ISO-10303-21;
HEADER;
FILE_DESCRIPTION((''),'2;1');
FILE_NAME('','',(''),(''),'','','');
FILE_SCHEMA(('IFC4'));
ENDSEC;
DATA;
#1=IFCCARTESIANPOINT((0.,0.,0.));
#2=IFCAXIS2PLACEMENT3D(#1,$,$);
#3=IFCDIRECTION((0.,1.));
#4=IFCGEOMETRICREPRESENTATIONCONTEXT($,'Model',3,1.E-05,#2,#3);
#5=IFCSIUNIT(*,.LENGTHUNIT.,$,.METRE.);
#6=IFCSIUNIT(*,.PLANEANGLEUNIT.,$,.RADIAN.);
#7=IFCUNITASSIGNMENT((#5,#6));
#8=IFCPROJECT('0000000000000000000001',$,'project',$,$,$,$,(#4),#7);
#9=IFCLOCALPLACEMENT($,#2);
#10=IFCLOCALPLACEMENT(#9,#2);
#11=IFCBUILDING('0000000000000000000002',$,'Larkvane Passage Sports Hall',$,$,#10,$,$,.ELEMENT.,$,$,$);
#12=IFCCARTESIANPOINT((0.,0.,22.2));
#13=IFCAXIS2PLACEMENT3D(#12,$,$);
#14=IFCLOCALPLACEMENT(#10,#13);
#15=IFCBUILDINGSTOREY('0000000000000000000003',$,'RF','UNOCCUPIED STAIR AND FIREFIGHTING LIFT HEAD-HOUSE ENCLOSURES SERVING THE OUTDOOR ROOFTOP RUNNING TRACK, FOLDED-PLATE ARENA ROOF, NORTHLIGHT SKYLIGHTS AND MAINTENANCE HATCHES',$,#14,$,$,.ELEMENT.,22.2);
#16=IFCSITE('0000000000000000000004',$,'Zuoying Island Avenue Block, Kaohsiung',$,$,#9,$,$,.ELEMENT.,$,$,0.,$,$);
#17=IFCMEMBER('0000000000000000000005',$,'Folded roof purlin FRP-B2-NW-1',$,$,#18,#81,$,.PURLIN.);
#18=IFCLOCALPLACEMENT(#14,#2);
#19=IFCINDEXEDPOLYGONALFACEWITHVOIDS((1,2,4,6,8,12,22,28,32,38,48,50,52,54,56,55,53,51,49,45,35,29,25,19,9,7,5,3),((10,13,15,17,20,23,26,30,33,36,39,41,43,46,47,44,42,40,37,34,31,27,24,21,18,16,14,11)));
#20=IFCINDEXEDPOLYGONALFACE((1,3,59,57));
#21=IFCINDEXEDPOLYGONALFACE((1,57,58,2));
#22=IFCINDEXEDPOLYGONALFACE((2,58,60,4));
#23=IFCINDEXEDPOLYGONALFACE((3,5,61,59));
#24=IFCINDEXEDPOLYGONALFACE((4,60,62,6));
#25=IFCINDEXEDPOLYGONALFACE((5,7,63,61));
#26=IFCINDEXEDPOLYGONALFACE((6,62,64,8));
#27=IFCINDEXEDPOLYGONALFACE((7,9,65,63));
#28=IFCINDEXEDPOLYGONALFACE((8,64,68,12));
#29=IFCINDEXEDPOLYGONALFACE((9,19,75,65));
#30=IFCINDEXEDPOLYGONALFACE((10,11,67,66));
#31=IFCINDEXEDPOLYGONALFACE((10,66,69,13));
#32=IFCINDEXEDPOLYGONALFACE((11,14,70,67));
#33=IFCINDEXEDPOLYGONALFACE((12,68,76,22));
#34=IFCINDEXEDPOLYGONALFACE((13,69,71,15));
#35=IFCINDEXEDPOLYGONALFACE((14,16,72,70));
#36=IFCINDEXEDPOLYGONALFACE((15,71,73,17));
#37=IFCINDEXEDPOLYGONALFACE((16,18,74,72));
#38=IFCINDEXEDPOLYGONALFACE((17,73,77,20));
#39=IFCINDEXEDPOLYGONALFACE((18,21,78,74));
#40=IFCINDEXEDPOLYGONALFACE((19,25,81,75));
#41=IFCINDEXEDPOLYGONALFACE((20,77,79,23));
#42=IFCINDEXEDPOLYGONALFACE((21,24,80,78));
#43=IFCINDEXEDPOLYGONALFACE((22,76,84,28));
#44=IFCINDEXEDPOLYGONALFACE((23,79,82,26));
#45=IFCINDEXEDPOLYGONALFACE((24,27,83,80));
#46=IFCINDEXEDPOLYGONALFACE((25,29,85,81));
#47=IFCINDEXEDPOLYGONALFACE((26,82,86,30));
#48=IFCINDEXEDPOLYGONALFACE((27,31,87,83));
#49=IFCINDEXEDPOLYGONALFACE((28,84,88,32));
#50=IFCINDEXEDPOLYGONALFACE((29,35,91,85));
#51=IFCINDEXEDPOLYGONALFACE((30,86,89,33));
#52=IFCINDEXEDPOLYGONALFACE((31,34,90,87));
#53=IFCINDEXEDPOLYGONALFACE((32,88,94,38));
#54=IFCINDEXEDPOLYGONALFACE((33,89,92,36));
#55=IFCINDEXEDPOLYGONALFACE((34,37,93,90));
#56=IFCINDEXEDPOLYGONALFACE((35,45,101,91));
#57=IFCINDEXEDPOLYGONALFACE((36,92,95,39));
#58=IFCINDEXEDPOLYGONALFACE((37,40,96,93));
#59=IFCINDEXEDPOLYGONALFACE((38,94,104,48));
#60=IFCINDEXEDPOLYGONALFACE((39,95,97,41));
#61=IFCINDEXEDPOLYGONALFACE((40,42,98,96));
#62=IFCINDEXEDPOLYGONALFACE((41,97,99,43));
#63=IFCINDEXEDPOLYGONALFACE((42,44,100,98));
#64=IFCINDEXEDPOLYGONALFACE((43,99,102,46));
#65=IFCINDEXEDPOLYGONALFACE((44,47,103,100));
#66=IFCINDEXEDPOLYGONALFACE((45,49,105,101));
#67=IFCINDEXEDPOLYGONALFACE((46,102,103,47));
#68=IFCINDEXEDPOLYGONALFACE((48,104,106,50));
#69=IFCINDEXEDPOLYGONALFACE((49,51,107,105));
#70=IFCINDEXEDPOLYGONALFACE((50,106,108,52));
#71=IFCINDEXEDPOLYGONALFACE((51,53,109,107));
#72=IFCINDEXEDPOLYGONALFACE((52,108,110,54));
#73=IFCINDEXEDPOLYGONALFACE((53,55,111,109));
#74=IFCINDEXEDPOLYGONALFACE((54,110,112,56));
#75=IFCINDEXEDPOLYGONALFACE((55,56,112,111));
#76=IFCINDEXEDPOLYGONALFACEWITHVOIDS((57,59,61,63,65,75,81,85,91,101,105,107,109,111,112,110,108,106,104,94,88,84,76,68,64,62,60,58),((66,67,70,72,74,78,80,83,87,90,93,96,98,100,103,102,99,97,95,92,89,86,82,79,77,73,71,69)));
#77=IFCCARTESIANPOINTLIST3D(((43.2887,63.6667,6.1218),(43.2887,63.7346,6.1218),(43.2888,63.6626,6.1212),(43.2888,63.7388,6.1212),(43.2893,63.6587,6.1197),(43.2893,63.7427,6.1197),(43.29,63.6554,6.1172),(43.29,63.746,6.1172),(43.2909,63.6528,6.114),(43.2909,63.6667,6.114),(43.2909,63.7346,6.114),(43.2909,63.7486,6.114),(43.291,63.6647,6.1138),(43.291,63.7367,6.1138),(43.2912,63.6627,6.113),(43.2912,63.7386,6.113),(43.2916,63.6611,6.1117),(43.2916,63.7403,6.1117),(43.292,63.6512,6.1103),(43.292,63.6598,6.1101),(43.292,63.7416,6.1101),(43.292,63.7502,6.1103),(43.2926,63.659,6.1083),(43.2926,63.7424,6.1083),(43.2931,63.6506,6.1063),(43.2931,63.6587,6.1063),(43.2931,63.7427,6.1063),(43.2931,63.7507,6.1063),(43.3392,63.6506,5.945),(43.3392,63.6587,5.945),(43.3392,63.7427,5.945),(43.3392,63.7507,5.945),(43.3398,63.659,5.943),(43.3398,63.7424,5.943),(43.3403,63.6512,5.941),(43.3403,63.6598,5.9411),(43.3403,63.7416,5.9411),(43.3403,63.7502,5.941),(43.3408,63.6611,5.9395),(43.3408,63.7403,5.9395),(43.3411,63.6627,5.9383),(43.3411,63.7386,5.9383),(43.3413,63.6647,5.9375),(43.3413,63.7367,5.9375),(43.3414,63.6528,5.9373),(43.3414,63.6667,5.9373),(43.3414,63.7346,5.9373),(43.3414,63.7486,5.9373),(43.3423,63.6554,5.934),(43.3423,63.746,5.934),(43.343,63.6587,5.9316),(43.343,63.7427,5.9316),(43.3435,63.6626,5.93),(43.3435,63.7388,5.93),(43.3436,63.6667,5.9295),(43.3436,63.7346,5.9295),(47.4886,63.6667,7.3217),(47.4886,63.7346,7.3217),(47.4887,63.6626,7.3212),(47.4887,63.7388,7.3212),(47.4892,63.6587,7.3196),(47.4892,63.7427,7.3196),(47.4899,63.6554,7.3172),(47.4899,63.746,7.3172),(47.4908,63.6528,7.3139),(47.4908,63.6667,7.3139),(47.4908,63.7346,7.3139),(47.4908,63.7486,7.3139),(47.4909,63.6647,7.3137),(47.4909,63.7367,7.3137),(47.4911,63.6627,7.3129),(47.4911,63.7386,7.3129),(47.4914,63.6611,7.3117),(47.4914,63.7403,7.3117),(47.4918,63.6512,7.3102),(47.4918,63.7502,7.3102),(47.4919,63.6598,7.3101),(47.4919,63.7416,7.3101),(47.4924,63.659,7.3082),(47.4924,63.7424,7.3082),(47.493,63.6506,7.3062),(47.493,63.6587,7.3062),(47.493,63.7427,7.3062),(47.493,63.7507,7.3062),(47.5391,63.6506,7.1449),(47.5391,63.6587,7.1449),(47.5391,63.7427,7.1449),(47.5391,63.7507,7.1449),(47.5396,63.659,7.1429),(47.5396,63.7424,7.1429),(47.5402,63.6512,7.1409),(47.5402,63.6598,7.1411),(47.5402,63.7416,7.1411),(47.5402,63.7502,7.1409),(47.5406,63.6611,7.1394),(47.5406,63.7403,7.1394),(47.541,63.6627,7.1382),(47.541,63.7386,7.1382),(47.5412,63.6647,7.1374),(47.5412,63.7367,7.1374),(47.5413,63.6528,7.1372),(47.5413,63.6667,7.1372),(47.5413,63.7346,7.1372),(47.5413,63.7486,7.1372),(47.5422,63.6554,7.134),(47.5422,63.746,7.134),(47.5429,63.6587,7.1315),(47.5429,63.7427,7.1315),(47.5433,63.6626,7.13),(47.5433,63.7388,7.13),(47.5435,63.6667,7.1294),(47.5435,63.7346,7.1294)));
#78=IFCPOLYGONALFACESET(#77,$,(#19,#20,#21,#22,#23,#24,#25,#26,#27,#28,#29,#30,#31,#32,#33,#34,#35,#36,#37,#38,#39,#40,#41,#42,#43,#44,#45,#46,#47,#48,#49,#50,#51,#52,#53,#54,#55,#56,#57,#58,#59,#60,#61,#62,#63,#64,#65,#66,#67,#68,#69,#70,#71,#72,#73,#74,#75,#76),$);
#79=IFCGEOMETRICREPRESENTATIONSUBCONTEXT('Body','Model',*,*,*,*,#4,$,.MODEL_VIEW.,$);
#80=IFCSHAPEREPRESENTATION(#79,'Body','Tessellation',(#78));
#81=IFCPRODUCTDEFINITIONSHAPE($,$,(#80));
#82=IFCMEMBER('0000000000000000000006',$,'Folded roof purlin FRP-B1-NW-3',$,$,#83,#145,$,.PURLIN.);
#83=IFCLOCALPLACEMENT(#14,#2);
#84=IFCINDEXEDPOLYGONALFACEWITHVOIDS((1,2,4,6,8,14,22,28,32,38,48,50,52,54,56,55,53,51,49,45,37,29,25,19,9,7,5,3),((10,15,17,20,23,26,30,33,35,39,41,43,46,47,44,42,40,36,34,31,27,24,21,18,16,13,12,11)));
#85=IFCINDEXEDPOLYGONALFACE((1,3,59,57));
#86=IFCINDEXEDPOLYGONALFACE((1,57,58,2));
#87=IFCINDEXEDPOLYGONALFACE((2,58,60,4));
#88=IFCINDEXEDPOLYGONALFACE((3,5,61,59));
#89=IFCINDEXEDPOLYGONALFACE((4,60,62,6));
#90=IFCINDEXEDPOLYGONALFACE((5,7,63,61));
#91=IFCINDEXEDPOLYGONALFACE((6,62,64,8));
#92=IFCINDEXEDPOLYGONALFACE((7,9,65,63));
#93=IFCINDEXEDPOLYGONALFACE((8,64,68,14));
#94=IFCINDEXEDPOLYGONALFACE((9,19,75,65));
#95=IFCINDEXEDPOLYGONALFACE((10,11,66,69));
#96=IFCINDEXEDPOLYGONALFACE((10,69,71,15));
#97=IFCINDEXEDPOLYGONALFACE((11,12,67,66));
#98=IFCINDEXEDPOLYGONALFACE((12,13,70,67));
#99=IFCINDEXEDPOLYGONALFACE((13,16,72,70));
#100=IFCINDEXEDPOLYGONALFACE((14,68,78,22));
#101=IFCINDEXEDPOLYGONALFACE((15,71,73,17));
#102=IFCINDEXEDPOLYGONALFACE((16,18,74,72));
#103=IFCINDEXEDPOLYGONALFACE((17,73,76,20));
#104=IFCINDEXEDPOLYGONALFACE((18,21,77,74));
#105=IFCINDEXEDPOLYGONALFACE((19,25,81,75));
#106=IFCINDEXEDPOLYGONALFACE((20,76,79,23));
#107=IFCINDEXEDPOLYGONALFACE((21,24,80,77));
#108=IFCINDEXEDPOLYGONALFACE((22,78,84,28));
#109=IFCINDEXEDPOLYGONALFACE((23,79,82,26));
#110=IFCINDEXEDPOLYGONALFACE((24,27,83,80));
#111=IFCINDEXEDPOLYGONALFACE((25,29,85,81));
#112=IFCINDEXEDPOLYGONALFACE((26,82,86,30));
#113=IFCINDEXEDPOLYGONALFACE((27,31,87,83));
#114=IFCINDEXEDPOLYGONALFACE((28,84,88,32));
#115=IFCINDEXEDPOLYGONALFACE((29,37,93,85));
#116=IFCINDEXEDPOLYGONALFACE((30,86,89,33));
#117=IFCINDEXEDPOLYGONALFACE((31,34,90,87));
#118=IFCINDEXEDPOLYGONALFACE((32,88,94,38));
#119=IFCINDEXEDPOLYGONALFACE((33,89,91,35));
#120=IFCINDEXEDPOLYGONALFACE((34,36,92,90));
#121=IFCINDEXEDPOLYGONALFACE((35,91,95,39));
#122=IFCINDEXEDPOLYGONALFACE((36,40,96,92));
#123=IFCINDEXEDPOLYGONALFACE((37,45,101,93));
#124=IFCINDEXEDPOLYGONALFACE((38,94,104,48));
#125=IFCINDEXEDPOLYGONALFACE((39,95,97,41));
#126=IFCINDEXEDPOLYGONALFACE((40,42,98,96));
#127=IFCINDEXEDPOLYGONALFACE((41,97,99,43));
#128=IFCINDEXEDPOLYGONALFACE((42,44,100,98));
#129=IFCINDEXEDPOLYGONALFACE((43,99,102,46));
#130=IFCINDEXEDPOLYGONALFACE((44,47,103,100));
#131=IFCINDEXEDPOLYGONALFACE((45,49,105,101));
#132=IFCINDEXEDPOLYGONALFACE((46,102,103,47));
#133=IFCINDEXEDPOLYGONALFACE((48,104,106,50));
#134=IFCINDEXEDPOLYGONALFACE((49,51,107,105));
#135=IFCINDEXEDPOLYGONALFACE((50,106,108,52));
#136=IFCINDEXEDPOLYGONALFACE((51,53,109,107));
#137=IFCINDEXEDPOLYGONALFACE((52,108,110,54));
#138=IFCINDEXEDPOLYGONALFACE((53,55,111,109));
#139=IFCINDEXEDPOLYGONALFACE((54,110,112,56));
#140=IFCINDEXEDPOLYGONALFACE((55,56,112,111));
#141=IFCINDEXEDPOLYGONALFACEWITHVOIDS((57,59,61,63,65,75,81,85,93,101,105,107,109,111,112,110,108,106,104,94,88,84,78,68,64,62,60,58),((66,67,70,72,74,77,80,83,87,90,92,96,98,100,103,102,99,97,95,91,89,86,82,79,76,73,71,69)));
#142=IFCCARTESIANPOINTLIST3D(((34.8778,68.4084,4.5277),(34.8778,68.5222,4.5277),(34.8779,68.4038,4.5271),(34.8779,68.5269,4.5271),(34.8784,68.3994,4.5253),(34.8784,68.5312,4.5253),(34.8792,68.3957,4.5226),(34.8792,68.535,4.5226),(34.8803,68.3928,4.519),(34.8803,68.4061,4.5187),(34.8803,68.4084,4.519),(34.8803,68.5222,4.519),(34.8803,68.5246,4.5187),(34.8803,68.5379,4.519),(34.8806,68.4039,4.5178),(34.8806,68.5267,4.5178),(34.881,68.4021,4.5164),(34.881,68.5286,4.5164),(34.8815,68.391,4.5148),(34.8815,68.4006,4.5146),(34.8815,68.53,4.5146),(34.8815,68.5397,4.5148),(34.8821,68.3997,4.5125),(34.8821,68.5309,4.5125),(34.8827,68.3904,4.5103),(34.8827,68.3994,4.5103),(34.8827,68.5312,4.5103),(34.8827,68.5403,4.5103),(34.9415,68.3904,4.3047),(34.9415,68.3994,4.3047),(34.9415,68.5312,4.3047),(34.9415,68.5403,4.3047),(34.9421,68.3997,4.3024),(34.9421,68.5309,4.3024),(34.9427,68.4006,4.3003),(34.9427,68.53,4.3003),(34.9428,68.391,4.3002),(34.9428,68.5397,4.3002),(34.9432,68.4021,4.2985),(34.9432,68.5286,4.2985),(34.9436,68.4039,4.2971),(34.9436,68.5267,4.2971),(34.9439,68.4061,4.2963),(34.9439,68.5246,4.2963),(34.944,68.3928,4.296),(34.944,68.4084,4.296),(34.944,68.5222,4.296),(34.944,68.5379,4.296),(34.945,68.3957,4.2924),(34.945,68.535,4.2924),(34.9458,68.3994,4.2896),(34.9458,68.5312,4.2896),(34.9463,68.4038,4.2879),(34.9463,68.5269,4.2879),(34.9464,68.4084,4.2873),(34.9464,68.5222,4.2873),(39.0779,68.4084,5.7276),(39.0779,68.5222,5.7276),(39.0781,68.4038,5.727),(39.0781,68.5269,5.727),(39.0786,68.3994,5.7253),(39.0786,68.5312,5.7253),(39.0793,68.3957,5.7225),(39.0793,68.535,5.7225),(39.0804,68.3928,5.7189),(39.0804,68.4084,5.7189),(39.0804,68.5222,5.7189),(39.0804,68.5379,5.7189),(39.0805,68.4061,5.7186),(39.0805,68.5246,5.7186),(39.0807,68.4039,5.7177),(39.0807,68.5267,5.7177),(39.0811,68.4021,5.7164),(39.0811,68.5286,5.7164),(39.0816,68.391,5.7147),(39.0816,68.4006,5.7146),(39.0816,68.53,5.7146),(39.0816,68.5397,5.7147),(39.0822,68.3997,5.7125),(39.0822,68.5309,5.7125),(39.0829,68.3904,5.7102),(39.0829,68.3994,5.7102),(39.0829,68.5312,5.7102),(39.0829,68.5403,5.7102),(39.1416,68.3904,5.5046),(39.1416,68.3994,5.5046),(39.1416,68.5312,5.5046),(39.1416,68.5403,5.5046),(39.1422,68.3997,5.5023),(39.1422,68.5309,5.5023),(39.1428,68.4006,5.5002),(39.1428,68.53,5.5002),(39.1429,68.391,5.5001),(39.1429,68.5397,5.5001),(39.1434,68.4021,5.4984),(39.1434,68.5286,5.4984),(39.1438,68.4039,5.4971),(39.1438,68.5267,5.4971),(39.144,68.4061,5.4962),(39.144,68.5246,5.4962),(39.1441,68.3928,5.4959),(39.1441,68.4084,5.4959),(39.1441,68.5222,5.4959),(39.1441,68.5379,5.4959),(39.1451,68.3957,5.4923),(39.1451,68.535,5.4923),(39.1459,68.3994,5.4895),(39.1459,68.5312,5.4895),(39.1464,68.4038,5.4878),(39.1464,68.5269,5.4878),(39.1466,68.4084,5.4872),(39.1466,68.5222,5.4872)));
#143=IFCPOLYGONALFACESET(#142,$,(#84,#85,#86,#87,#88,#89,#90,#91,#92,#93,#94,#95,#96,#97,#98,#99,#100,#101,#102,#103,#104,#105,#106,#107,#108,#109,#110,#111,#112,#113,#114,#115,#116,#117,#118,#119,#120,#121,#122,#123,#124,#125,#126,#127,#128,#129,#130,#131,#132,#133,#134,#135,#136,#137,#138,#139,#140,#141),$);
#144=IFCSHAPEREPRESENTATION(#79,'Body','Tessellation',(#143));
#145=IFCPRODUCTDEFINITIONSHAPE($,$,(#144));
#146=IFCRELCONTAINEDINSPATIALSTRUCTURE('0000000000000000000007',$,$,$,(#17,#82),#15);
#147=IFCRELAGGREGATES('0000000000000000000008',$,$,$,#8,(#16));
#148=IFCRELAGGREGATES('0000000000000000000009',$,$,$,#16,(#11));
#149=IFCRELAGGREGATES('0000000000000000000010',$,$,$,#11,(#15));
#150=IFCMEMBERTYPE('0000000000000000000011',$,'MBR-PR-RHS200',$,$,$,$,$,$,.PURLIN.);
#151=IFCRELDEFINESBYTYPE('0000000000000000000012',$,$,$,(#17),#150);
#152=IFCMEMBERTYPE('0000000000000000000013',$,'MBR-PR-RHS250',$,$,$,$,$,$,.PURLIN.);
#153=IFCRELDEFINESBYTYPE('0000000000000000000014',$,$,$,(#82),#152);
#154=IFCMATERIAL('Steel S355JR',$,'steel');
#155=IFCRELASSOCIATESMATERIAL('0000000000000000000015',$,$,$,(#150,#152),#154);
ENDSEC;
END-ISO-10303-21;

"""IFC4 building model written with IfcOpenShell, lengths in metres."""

from ifc_helpers import new_model, si_unit, direction, frame, origin, origin_2d, place, context, subcontext, project, spatial, hollow_rectangle, extrude, material, material_profile, profile_set, type_object, element, save


model = new_model("IFC4")

# Units and contexts
model_context = context("Model", 3, precision=1e-05, world=origin(), true_north=direction((0.0, 1.0)))
body_context = subcontext(model_context, "Body", "Model", "MODEL_VIEW")
ifc_project = project(units=[si_unit("LENGTHUNIT", "METRE"), si_unit("PLANEANGLEUNIT", "RADIAN")], contexts=[model_context])

# Site, building, storey
site_placement = place(None, origin())
site = spatial("IfcSite", under=ifc_project, at=site_placement, Name="Zuoying Island Avenue Block, Kaohsiung", CompositionType="ELEMENT", RefElevation=0.0)
building_placement = place(site_placement, origin())
building = spatial("IfcBuilding", under=site, at=building_placement, Name="Larkvane Passage Sports Hall", CompositionType="ELEMENT")
storey_placement = place(building_placement, frame((0.0, 0.0, 22.2)))
storey = spatial("IfcBuildingStorey", under=building, at=storey_placement, Name="RF", Description="UNOCCUPIED STAIR AND FIREFIGHTING LIFT HEAD-HOUSE ENCLOSURES SERVING THE OUTDOOR ROOFTOP RUNNING TRACK, FOLDED-PLATE ARENA ROOF, NORTHLIGHT SKYLIGHTS AND MAINTENANCE HATCHES", CompositionType="ELEMENT", Elevation=22.2)

# Members
ifc_material_1 = material(Name="Steel S355JR", Category="steel")
ifc_material_profile_1 = material_profile(ifc_material_1, hollow_rectangle(XDim=0.1001, YDim=0.2, WallThickness=0.0081, InnerFilletRadius=0.0081, OuterFilletRadius=0.0161, at=origin_2d()), Name="RHS-200x100x8")
ifc_profile_set_1 = profile_set([ifc_material_profile_1], Name="Steel S355JR")
member_type_1 = type_object("IfcMemberType", Name="MBR-PR-RHS200", PredefinedType="PURLIN", material=ifc_profile_set_1)
member_1_placement = place(storey_placement, frame((43.3162, 63.7007, 6.0256), z_axis=(0.961526, 0.0, 0.274714), x_axis=(0.0, 1.0, 0.0)))
element("IfcMember", 1, at=member_1_placement, inside=storey, type_object=member_type_1, Name="Folded roof purlin FRP-B2-NW-1", PredefinedType="PURLIN", context=body_context, shape_type="SweptSolid", body=[
    extrude(hollow_rectangle(XDim=0.1001, YDim=0.2, WallThickness=0.0081, InnerFilletRadius=0.0081, OuterFilletRadius=0.0161, at=origin_2d()), origin(), (0.0, 0.0, 1.0), 4.3679),
])
ifc_material_profile_2 = material_profile(ifc_material_1, hollow_rectangle(XDim=0.1499, YDim=0.25, WallThickness=0.009, InnerFilletRadius=0.009, OuterFilletRadius=0.0181, at=origin_2d()), Name="RHS-250x150x9")
ifc_profile_set_2 = profile_set([ifc_material_profile_2], Name="Steel S355JR")
member_type_2 = type_object("IfcMemberType", Name="MBR-PR-RHS250", PredefinedType="PURLIN", material=ifc_profile_set_2)
for number, where, z_axis, x_axis, name in (
    (2, (34.9121, 68.4653, 4.4075), (0.96153, 0.0, 0.274699), (0.0, 1.0, 0.0), "Folded roof purlin FRP-B1-NW-3"),
):
    element("IfcMember", number, at=place(storey_placement, frame(where, z_axis=z_axis, x_axis=x_axis)), inside=storey, type_object=member_type_2, Name=name, PredefinedType="PURLIN", context=body_context, shape_type="SweptSolid", body=[
        extrude(hollow_rectangle(XDim=0.1499, YDim=0.25, WallThickness=0.009, InnerFilletRadius=0.009, OuterFilletRadius=0.0181, at=origin_2d()), origin(), (0.0, 0.0, 1.0), 4.3682),
    ])

save(model, "model.ifc")
